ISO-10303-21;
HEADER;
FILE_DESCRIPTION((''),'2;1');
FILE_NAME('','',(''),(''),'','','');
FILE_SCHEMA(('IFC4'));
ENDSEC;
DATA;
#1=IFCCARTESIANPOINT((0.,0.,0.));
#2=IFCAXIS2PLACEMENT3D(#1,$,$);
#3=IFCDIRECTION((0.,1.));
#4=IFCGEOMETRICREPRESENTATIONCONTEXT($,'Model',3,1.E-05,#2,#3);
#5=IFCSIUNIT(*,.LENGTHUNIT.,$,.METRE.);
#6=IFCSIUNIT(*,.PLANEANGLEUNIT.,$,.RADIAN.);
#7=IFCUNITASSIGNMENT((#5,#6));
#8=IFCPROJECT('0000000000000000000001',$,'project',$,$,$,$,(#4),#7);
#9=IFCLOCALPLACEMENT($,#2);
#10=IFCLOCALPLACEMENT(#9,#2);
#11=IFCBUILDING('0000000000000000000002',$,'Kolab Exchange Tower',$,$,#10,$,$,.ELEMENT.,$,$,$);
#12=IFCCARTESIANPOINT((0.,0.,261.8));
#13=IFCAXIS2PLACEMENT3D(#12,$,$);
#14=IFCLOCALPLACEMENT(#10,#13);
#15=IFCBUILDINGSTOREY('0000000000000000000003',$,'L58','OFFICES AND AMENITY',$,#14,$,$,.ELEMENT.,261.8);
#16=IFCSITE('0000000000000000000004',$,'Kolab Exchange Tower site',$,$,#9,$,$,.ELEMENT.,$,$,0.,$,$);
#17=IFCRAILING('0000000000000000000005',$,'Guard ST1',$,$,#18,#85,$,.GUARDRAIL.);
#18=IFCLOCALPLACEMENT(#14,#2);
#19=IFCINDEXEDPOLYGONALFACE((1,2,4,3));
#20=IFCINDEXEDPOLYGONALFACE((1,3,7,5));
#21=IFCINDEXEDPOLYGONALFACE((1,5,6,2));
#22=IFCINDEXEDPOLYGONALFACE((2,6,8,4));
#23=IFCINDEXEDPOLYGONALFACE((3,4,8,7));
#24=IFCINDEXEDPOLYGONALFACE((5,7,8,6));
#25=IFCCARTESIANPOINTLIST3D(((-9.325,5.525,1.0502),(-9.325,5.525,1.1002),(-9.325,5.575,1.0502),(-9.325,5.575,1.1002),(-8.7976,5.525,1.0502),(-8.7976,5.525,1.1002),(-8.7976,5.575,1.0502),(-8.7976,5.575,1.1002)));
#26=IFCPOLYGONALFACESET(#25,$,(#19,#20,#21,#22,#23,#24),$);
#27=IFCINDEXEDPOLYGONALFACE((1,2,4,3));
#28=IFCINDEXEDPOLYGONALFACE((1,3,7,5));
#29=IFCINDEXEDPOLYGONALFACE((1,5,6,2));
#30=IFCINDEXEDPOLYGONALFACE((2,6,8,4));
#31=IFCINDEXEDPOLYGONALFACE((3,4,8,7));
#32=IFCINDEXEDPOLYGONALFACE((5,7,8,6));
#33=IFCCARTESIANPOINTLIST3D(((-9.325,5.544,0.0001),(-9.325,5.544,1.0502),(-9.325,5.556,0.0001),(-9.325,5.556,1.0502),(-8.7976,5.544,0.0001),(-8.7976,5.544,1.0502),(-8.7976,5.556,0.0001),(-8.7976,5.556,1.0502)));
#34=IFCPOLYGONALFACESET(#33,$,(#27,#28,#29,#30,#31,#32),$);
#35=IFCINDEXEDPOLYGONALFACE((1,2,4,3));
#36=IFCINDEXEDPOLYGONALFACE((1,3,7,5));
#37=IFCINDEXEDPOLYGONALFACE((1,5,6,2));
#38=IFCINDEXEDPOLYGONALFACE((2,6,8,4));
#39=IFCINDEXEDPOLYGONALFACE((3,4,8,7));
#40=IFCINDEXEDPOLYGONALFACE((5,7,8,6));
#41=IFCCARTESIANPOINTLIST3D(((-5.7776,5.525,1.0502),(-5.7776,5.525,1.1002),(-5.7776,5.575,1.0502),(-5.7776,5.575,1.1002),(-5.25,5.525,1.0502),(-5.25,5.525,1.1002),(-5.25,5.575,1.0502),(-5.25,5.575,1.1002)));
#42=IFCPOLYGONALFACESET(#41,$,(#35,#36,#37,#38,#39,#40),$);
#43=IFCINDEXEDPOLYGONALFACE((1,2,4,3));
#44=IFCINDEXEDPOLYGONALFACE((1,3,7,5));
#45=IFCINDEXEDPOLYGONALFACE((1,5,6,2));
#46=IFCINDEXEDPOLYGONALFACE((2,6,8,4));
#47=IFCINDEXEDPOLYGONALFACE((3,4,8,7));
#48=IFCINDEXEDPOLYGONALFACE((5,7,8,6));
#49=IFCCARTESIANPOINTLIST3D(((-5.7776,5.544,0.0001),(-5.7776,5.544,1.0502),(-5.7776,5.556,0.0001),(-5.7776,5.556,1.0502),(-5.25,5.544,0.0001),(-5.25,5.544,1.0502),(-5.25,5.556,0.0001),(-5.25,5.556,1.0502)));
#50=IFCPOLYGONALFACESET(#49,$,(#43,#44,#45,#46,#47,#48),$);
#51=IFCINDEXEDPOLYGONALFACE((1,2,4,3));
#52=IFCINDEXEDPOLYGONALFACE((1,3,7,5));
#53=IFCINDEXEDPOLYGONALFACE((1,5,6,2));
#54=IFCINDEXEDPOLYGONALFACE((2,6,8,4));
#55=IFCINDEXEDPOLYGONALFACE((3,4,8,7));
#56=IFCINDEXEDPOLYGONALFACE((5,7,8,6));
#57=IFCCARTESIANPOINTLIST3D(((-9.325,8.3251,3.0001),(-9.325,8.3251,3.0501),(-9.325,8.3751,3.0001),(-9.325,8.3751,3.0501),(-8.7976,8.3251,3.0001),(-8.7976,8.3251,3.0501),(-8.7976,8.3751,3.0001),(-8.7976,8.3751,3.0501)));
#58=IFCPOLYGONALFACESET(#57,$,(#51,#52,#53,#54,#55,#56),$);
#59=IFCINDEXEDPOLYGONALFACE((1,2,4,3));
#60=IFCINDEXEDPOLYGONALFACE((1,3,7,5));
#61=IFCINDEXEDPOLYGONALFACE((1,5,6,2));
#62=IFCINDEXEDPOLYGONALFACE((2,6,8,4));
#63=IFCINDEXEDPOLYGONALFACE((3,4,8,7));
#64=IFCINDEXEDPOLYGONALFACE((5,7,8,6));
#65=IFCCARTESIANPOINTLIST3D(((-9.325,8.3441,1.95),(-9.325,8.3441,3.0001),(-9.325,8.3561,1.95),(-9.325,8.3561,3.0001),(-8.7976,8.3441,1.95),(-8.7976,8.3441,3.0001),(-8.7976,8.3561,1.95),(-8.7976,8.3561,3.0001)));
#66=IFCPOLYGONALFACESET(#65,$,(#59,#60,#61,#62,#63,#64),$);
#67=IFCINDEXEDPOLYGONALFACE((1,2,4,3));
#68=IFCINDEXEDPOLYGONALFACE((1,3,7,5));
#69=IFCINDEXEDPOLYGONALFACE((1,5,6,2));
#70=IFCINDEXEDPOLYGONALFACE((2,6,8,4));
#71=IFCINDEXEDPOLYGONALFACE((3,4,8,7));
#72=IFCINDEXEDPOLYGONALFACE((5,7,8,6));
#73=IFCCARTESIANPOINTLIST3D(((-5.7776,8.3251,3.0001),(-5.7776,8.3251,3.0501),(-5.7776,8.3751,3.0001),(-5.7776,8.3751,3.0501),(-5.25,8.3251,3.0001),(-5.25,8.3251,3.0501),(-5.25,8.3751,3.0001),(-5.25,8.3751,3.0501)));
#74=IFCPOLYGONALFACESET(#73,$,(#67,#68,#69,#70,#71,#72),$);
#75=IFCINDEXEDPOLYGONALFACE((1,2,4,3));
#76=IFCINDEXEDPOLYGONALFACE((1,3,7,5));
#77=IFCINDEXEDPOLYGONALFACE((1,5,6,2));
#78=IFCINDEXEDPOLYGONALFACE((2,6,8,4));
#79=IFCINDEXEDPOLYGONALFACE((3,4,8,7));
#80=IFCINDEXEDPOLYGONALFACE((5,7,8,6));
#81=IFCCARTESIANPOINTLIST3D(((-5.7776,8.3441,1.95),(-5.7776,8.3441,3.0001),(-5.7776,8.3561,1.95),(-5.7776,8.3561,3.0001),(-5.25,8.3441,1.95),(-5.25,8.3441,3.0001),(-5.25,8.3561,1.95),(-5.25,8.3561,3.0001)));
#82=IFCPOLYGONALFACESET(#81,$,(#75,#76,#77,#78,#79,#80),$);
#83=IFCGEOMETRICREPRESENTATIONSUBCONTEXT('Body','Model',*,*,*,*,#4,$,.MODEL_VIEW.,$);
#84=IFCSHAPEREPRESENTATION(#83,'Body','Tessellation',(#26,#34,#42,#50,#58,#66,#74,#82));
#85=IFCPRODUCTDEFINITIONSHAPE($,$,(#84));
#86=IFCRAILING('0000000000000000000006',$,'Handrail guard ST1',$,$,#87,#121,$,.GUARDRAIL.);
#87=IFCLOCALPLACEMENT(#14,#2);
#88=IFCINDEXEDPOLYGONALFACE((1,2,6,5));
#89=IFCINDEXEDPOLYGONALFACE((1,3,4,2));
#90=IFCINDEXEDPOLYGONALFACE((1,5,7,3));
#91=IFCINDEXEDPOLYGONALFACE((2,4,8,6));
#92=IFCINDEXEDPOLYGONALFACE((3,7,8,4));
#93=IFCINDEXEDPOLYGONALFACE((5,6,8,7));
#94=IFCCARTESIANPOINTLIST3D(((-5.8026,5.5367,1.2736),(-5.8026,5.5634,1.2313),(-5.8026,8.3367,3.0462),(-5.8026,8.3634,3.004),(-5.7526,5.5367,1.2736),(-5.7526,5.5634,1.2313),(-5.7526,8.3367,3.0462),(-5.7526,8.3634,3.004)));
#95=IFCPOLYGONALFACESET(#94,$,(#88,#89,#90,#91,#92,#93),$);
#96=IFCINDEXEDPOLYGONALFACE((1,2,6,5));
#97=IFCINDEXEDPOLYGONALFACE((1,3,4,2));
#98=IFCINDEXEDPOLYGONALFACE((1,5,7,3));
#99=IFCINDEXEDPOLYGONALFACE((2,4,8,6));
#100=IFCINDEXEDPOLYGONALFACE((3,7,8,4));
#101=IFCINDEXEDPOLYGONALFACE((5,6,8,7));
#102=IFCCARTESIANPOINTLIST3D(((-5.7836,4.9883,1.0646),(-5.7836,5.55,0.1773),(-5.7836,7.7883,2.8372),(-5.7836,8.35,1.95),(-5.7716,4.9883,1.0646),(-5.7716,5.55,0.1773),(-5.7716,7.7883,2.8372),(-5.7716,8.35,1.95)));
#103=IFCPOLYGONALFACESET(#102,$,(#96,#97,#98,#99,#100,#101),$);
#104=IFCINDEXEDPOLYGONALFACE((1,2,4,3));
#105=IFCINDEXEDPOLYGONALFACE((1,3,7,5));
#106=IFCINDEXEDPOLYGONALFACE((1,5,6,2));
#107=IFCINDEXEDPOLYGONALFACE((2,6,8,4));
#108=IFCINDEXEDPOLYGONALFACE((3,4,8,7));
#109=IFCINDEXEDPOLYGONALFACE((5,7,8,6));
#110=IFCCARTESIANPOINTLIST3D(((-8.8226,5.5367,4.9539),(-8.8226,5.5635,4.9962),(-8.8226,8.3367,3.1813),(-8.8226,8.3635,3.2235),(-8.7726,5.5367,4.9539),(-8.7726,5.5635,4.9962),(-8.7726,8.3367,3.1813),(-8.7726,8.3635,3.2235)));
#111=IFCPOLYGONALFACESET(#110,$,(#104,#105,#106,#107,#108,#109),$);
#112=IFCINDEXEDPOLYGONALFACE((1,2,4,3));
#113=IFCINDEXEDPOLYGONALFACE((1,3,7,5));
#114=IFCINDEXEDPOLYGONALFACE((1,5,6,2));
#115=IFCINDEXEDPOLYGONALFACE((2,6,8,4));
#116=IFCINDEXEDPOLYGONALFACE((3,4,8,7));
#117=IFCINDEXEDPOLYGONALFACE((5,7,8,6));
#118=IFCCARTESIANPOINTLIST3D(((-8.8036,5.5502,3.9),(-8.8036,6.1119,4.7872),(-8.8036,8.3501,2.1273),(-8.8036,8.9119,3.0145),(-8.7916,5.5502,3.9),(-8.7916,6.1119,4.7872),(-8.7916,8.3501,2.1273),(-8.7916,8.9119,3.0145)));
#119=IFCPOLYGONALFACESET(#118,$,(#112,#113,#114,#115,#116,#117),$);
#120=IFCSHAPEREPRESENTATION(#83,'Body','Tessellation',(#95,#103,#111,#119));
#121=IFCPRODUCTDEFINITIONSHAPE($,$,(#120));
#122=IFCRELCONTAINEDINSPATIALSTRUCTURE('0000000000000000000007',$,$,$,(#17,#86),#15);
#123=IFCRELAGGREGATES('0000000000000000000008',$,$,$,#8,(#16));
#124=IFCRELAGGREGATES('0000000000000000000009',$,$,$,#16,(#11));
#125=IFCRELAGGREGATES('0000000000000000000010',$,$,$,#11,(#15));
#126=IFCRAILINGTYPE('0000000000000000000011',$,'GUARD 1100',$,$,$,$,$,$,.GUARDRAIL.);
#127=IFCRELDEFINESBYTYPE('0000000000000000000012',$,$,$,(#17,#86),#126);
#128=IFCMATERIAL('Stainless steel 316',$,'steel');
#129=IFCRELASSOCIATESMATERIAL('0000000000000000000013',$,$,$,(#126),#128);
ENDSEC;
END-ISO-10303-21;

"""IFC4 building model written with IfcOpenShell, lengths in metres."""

from ifc_helpers import new_model, si_unit, direction, frame, frame_2d, origin, origin_2d, place, context, subcontext, project, spatial, rectangle, extrude, material, type_object, element, save


model = new_model("IFC4")

# Units and contexts
model_context = context("Model", 3, precision=1e-05, world=origin(), true_north=direction((0.0, 1.0)))
body_context = subcontext(model_context, "Body", "Model", "MODEL_VIEW")
ifc_project = project(units=[si_unit("LENGTHUNIT", "METRE"), si_unit("PLANEANGLEUNIT", "RADIAN")], contexts=[model_context])

# Site, building, storey
site_placement = place(None, origin())
site = spatial("IfcSite", under=ifc_project, at=site_placement, Name="Kolab Exchange Tower site", CompositionType="ELEMENT", RefElevation=0.0)
building_placement = place(site_placement, origin())
building = spatial("IfcBuilding", under=site, at=building_placement, Name="Kolab Exchange Tower", CompositionType="ELEMENT")
storey_placement = place(building_placement, frame((0.0, 0.0, 261.8)))
storey = spatial("IfcBuildingStorey", under=building, at=storey_placement, Name="L58", Description="OFFICES AND AMENITY", CompositionType="ELEMENT", Elevation=261.8)

# Shared definitions
ifc_material_1 = material(Name="Stainless steel 316", Category="steel")

# Railings
railing_type = type_object("IfcRailingType", Name="GUARD 1100", PredefinedType="GUARDRAIL", material=ifc_material_1)
railing_1_placement = place(storey_placement, frame((-9.325, 5.55, 0.0)))
element("IfcRailing", 1, at=railing_1_placement, inside=storey, type_object=railing_type, Name="Guard ST1", PredefinedType="GUARDRAIL", context=body_context, shape_type="SweptSolid", body=[
    extrude(rectangle(XDim=0.05, YDim=0.05, at=origin_2d()), frame((0.0, 0.0, 1.0752), z_axis=(1.0, 0.0, 0.0), x_axis=(0.0, 1.0, 0.0)), (0.0, 0.0, 1.0), 0.5273),
    extrude(rectangle(XDim=0.012, YDim=1.0501, at=frame_2d((0.0, 0.5251))), frame((0.0, 0.0, 0.0), z_axis=(1.0, 0.0, 0.0), x_axis=(0.0, 1.0, 0.0)), (0.0, 0.0, 1.0), 0.5273),
    extrude(rectangle(XDim=0.05, YDim=0.05, at=origin_2d()), frame((3.5474, 0.0, 1.0752), z_axis=(1.0, 0.0, 0.0), x_axis=(0.0, 1.0, 0.0)), (0.0, 0.0, 1.0), 0.5276),
    extrude(rectangle(XDim=0.012, YDim=1.0501, at=frame_2d((0.0, 0.5251))), frame((3.5474, 0.0, 0.0), z_axis=(1.0, 0.0, 0.0), x_axis=(0.0, 1.0, 0.0)), (0.0, 0.0, 1.0), 0.5276),
    extrude(rectangle(XDim=0.05, YDim=0.05, at=origin_2d()), frame((0.0, 2.8, 3.0251), z_axis=(1.0, 0.0, 0.0), x_axis=(0.0, 1.0, 0.0)), (0.0, 0.0, 1.0), 0.5273),
    extrude(rectangle(XDim=0.012, YDim=1.0501, at=frame_2d((0.0, 0.5251))), frame((0.0, 2.8, 1.95), z_axis=(1.0, 0.0, 0.0), x_axis=(0.0, 1.0, 0.0)), (0.0, 0.0, 1.0), 0.5273),
    extrude(rectangle(XDim=0.05, YDim=0.05, at=origin_2d()), frame((3.5474, 2.8, 3.0251), z_axis=(1.0, 0.0, 0.0), x_axis=(0.0, 1.0, 0.0)), (0.0, 0.0, 1.0), 0.5276),
    extrude(rectangle(XDim=0.012, YDim=1.0501, at=frame_2d((0.0, 0.5251))), frame((3.5474, 2.8, 1.95), z_axis=(1.0, 0.0, 0.0), x_axis=(0.0, 1.0, 0.0)), (0.0, 0.0, 1.0), 0.5276),
])
railing_2_placement = place(storey_placement, frame((-5.7776, 5.55, 0.1772)))
element("IfcRailing", 2, at=railing_2_placement, inside=storey, type_object=railing_type, Name="Handrail guard ST1", PredefinedType="GUARDRAIL", context=body_context, shape_type="SweptSolid", body=[
    extrude(rectangle(XDim=0.05, YDim=0.05, at=origin_2d()), frame((0.0, 0.0, 1.0752), z_axis=(0.0, 0.844909, 0.53491), x_axis=(-1.0, 0.0, 0.0)), (0.0, 0.0, 1.0), 3.314),
    extrude(rectangle(XDim=0.012, YDim=1.0501, at=frame_2d((0.0, 0.5251))), frame((0.0, 0.0, 0.0), z_axis=(0.0, 0.844909, 0.53491), x_axis=(-1.0, 0.0, 0.0)), (0.0, 0.0, 1.0), 3.314),
    extrude(rectangle(XDim=0.05, YDim=0.05, at=origin_2d()), frame((-3.02, 2.8, 3.0251), z_axis=(0.0, -0.844909, 0.53491), x_axis=(1.0, 0.0, 0.0)), (0.0, 0.0, 1.0), 3.314),
    extrude(rectangle(XDim=0.012, YDim=1.0501, at=frame_2d((0.0, 0.5251))), frame((-3.02, 2.8, 1.95), z_axis=(0.0, -0.844909, 0.53491), x_axis=(1.0, 0.0, 0.0)), (0.0, 0.0, 1.0), 3.314),
])

save(model, "model.ifc")
